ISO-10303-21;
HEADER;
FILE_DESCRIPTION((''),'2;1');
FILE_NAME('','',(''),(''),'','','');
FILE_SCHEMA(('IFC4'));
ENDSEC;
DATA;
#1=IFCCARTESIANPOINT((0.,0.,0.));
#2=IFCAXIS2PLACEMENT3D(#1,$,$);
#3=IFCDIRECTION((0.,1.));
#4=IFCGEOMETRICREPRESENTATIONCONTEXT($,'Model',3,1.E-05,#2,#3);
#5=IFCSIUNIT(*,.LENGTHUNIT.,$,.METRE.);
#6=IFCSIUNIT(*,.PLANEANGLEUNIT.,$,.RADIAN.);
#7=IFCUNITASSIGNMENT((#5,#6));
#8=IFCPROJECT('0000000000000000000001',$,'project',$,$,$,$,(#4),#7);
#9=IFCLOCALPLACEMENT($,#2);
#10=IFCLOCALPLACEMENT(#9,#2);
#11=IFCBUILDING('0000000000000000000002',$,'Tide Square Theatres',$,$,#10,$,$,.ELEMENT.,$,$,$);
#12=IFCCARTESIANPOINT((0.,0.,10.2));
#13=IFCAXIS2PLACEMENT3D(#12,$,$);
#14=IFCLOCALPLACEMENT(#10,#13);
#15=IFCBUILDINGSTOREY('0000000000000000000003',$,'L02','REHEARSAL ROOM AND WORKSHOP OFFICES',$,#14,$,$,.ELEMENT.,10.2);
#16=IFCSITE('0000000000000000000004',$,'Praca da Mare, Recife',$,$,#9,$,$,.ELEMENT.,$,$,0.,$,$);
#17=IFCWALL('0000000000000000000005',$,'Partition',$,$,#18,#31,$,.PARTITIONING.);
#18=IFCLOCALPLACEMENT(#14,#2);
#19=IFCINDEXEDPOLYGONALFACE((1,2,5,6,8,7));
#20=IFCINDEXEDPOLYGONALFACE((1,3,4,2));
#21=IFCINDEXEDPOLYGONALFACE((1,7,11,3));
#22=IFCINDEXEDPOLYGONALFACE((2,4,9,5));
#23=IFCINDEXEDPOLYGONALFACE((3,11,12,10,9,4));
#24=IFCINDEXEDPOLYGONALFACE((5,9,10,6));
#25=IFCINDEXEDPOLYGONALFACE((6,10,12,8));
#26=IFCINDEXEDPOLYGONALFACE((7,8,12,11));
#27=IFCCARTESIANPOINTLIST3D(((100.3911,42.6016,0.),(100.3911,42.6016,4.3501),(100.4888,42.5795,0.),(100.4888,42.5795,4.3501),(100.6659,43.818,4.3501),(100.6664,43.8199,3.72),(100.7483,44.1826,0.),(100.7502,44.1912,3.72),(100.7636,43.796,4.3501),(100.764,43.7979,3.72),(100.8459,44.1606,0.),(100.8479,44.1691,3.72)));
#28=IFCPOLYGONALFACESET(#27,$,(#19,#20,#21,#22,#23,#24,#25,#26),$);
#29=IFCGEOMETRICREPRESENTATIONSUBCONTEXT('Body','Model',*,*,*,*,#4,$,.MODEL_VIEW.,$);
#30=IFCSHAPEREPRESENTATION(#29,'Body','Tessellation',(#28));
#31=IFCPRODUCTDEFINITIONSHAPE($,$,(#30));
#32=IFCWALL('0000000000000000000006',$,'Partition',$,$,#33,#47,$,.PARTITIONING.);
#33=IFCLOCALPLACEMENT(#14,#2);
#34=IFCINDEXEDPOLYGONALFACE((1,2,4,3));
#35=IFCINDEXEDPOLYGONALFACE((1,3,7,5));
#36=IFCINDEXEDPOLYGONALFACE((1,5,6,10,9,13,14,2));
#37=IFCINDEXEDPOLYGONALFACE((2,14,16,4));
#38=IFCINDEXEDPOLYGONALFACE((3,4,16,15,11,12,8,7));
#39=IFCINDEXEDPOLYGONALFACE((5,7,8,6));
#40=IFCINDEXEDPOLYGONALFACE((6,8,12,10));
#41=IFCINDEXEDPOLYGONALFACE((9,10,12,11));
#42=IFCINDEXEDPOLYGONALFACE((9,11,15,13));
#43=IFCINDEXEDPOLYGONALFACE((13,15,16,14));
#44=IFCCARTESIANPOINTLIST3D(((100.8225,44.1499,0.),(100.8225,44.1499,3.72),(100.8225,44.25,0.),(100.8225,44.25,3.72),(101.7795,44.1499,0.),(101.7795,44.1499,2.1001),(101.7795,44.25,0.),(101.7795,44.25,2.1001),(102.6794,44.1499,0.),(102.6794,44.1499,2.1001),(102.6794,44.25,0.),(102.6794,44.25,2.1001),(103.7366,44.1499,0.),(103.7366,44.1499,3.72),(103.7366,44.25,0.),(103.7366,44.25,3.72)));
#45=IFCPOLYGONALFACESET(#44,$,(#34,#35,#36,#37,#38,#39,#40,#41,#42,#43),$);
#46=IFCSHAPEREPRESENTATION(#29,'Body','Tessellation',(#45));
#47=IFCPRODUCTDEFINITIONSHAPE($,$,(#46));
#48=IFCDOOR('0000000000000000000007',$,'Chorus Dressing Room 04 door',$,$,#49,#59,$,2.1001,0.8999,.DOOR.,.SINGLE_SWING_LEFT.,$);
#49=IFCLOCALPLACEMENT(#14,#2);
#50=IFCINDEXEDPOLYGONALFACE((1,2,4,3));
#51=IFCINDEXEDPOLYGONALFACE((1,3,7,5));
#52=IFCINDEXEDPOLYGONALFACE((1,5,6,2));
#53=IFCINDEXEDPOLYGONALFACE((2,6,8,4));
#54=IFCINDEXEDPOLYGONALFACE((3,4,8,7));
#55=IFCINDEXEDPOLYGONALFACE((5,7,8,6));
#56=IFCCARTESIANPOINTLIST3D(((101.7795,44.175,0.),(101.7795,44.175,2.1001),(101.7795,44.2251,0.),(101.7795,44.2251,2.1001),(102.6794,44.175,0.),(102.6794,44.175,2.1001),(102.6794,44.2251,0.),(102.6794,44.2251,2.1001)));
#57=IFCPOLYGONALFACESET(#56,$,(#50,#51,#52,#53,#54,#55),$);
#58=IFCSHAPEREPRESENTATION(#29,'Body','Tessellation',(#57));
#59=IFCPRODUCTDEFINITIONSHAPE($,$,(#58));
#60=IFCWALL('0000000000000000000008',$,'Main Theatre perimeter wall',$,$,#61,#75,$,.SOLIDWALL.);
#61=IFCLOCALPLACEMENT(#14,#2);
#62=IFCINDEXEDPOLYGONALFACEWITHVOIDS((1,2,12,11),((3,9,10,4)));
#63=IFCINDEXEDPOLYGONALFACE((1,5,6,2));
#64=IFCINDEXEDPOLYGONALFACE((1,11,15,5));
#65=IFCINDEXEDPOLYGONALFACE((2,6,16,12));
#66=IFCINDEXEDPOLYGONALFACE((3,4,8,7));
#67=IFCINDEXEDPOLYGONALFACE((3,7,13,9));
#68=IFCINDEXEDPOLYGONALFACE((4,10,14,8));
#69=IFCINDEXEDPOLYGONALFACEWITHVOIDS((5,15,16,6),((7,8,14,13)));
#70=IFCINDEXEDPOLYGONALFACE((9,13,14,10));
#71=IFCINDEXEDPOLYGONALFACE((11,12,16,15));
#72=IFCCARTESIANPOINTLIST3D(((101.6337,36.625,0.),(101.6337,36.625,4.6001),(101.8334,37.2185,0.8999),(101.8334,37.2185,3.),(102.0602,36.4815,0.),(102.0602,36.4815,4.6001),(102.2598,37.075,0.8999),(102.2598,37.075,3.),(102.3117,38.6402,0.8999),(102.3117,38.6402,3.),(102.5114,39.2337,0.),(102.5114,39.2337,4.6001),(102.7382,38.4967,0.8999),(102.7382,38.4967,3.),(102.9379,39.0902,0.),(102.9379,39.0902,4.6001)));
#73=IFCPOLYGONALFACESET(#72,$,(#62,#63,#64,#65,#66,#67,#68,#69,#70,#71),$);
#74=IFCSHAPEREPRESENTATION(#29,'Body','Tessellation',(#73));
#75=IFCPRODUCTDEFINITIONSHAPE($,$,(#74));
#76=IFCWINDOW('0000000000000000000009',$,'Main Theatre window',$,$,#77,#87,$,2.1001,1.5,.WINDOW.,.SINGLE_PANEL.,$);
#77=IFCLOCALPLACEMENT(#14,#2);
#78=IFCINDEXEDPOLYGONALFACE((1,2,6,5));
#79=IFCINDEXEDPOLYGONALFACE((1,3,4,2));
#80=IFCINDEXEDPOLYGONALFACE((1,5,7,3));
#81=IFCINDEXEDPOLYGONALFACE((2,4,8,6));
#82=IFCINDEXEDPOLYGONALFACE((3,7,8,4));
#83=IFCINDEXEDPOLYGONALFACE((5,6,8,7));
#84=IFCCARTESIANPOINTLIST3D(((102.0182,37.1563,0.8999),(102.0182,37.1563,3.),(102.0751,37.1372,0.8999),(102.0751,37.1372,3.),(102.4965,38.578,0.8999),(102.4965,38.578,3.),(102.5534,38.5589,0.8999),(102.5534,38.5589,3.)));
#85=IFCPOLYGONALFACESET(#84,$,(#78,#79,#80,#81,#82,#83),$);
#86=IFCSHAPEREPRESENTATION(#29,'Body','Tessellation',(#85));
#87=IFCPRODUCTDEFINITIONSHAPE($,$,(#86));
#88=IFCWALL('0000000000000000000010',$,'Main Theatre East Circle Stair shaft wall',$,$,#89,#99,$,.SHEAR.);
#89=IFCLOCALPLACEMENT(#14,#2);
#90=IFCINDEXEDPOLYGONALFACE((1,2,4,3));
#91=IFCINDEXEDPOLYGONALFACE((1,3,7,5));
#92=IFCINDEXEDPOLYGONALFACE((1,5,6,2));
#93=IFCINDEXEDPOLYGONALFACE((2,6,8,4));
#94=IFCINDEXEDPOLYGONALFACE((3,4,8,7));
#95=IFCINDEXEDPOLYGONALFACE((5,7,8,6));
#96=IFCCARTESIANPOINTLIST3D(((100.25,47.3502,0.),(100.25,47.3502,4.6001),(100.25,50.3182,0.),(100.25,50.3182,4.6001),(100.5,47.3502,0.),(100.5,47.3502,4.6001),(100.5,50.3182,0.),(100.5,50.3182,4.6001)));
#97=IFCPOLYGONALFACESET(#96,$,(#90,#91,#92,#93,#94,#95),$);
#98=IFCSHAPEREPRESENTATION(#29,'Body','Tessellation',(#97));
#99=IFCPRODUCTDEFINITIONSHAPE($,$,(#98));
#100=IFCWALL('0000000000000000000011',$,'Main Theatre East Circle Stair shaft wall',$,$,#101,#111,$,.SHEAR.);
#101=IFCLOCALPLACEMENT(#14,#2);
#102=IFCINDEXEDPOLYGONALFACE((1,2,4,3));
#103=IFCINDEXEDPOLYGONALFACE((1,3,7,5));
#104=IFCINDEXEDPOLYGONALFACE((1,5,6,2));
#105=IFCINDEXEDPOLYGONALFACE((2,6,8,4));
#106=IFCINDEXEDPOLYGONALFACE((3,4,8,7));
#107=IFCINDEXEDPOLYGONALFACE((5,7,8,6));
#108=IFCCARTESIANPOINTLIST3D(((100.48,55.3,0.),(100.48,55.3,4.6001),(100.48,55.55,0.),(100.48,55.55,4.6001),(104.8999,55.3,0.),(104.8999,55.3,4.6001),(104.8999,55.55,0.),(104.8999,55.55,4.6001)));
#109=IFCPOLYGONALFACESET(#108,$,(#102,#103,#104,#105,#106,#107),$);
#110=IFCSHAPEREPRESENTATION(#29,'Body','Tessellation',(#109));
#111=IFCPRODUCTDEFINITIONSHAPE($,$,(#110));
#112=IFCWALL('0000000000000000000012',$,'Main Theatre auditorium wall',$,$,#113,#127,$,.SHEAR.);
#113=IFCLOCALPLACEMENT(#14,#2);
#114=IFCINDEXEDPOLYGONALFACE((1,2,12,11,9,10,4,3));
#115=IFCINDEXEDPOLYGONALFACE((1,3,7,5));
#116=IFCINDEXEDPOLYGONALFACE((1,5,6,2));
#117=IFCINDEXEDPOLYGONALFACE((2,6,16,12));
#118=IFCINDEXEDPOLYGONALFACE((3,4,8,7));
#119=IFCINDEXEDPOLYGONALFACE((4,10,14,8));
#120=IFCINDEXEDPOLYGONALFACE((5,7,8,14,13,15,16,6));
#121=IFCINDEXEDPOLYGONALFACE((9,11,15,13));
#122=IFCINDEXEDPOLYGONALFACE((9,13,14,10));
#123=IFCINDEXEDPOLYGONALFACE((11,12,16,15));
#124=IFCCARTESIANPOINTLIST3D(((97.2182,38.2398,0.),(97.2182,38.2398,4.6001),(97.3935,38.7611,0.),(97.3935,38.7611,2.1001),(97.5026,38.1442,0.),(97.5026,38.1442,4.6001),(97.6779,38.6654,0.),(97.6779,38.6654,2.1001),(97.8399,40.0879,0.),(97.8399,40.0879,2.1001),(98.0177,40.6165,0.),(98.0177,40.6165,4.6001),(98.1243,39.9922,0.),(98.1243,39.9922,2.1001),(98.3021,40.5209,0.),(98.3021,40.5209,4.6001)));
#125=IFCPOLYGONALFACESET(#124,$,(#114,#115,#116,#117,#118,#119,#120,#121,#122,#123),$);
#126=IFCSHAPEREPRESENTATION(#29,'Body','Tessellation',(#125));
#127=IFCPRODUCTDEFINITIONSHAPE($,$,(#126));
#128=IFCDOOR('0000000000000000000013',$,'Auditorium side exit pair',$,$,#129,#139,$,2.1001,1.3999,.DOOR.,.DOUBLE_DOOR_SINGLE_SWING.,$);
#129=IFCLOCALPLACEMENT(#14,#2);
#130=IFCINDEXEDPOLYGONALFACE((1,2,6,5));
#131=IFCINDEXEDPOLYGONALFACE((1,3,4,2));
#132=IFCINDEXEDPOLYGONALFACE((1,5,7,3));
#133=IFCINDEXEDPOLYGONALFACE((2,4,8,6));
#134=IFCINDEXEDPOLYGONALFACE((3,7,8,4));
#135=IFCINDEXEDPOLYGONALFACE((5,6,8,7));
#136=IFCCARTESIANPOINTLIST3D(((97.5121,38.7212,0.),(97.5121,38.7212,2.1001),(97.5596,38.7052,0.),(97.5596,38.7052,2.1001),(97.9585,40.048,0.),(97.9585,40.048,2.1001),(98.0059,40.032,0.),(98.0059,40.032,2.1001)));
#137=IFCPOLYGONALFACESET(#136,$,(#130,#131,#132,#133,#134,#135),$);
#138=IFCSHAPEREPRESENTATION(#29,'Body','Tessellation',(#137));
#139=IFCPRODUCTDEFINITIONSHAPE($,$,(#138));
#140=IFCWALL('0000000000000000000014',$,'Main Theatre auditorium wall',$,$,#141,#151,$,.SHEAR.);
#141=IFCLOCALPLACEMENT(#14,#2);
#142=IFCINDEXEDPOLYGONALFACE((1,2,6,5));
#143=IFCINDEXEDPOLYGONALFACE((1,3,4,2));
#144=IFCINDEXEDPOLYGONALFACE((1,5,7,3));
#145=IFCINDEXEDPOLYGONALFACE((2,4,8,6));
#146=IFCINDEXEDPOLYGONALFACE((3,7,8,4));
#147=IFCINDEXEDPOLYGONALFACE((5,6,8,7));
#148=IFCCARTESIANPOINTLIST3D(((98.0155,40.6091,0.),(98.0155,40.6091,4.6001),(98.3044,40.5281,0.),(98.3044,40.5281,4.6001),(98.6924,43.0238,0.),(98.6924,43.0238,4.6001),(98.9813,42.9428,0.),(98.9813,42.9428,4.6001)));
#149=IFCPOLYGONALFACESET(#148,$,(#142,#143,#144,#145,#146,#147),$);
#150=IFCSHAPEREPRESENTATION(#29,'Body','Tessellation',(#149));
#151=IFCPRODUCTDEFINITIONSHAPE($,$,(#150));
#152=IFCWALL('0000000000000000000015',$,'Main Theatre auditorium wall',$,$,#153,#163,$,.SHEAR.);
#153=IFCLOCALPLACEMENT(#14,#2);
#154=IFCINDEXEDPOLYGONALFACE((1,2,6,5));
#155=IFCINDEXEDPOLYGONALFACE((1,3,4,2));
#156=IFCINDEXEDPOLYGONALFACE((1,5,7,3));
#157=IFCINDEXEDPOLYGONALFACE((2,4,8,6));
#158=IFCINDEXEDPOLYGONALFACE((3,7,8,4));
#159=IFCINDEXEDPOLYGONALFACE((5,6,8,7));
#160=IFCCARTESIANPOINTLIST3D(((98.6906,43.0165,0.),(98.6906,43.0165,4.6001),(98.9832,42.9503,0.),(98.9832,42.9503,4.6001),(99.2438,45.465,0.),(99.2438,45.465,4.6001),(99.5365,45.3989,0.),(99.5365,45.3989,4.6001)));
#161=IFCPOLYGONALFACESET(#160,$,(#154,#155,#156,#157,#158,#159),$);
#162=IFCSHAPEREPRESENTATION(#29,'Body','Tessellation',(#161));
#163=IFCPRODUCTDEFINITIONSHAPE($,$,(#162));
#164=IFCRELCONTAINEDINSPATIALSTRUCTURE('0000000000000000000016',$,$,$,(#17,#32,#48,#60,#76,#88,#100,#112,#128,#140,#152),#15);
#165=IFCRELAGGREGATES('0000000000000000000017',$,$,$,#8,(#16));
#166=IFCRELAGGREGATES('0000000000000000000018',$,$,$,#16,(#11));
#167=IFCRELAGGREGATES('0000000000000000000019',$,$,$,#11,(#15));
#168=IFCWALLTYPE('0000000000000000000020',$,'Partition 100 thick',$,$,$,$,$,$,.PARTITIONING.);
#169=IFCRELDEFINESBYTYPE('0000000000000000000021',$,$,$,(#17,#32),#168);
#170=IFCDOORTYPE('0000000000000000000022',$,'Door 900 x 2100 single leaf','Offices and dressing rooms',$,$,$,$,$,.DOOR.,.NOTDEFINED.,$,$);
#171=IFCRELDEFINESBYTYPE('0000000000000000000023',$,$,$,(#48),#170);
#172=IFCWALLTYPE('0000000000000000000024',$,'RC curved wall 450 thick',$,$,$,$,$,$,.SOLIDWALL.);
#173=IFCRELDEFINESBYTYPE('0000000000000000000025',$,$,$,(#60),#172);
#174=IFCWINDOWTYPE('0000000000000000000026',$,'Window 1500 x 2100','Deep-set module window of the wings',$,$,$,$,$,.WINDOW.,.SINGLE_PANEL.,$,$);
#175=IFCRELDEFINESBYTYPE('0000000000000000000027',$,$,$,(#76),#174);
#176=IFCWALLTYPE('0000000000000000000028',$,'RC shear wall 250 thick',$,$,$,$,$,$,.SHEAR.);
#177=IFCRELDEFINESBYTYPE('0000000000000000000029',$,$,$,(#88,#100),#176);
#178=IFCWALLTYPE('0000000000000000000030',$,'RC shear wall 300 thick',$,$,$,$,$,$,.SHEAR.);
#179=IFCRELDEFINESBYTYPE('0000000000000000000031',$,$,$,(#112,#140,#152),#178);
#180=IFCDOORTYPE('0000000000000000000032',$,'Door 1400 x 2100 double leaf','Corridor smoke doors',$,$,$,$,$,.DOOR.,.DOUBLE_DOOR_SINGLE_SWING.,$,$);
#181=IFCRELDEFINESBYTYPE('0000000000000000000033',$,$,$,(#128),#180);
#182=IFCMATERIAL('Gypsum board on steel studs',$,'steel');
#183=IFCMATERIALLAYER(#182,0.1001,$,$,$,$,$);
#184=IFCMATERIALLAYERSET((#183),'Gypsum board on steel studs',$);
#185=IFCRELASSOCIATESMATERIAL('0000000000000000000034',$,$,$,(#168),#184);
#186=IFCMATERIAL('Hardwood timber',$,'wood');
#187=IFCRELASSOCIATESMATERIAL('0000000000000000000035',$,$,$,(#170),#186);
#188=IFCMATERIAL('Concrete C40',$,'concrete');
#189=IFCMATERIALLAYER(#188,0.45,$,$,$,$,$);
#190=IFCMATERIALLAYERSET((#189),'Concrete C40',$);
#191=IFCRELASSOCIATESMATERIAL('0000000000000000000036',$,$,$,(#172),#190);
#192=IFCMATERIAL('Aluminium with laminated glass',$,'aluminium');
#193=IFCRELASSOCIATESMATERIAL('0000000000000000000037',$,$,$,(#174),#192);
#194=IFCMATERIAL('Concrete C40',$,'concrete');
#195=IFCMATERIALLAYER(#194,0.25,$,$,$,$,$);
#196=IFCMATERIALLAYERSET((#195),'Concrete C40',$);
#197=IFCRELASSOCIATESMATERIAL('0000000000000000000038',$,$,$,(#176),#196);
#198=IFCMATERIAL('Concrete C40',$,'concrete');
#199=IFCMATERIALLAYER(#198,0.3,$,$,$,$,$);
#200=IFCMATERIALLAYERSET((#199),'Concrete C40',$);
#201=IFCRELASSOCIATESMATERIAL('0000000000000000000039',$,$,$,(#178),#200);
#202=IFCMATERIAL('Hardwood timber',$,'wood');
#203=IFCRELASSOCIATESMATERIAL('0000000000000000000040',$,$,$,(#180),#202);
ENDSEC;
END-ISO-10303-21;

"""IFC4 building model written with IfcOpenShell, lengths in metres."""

from ifc_helpers import new_model, si_unit, direction, frame, frame_2d, origin, place, context, subcontext, project, spatial, polyline, rectangle, outline, extrude, material, layer, layer_set, type_object, element, fill, save


model = new_model("IFC4")

# Units and contexts
model_context = context("Model", 3, precision=1e-05, world=origin(), true_north=direction((0.0, 1.0)))
body_context = subcontext(model_context, "Body", "Model", "MODEL_VIEW")
ifc_project = project(units=[si_unit("LENGTHUNIT", "METRE"), si_unit("PLANEANGLEUNIT", "RADIAN")], contexts=[model_context])

# Site, building, storey
site_placement = place(None, origin())
site = spatial("IfcSite", under=ifc_project, at=site_placement, Name="Praca da Mare, Recife", CompositionType="ELEMENT", RefElevation=0.0)
building_placement = place(site_placement, origin())
building = spatial("IfcBuilding", under=site, at=building_placement, Name="Tide Square Theatres", CompositionType="ELEMENT")
storey_placement = place(building_placement, frame((0.0, 0.0, 10.2)))
storey = spatial("IfcBuildingStorey", under=building, at=storey_placement, Name="L02", Description="REHEARSAL ROOM AND WORKSHOP OFFICES", CompositionType="ELEMENT", Elevation=10.2)

# Shared definitions
ifc_material_1 = material(Name="Gypsum board on steel studs", Category="steel")
ifc_layer_1 = layer(ifc_material_1, 0.1001)
ifc_layer_set_1 = layer_set([ifc_layer_1], Name="Gypsum board on steel studs")
wall_type_1 = type_object("IfcWallType", Name="Partition 100 thick", PredefinedType="PARTITIONING", material=ifc_layer_set_1)

# Shared definitions
ifc_material_2 = material(Name="Hardwood timber", Category="wood")
door_type_1 = type_object("IfcDoorType", Name="Door 900 x 2100 single leaf", Description="Offices and dressing rooms", OperationType="NOTDEFINED", PredefinedType="DOOR", material=ifc_material_2)

# Wall
wall_1_placement = place(storey_placement, frame((100.4399, 42.5906, 0.0), z_axis=(0.0, 0.0, 1.0), x_axis=(0.220358, 0.975419, 0.0)))
element("IfcWall", 1, at=wall_1_placement, inside=storey, type_object=wall_type_1, Name="Partition", PredefinedType="PARTITIONING", context=body_context, shape_type="SweptSolid", body=[
    extrude(outline(polyline([(0.0, 0.0), (1.6208, 0.0), (1.6311, 4.3501), (1.6311, 3.72), (1.249, 3.72), (1.2471, 4.3501), (0.0, 4.3501), (0.0, 0.0)])), frame((0.0, 0.05, 0.0), z_axis=(0.0, -1.0, 0.0), x_axis=(1.0, 0.0, 0.0)), (0.0, 0.0, 1.0), 0.1001),
])

# Wall, opening, door
wall_2_placement = place(storey_placement, frame((100.8225, 44.2, 0.0), z_axis=(0.0, 0.0, 1.0), x_axis=(1.0, 0.0, 0.0)))
wall_2 = element("IfcWall", 2, at=wall_2_placement, inside=storey, type_object=wall_type_1, Name="Partition", PredefinedType="PARTITIONING", context=body_context, shape_type="SweptSolid", body=[
    extrude(rectangle(XDim=2.9141, YDim=0.1001, at=frame_2d((1.457, 0.0))), origin(), (0.0, 0.0, 1.0), 3.72),
])
opening_1_placement = place(wall_2_placement, frame((0.957, 0.0, 0.0)))
opening_1 = element("IfcOpeningElement", 3, at=opening_1_placement, cuts=wall_2, PredefinedType="OPENING", context=body_context, shape_type="SweptSolid", body=[
    extrude(rectangle(XDim=0.8999, YDim=2.1001, at=frame_2d((0.45, 1.05))), frame((0.0, 0.0601, 0.0), z_axis=(0.0, -1.0, 0.0), x_axis=(1.0, 0.0, 0.0)), (0.0, 0.0, 1.0), 0.1201),
])
door_1_placement = place(opening_1_placement, frame((0.8999, 0.0, 0.0), z_axis=(0.0, 0.0, 1.0), x_axis=(-1.0, 0.0, 0.0)))
door_1 = element("IfcDoor", 4, at=door_1_placement, inside=storey, type_object=door_type_1, Name="Chorus Dressing Room 04 door", OperationType="SINGLE_SWING_LEFT", OverallHeight=2.1001, OverallWidth=0.8999, PredefinedType="DOOR", context=body_context, shape_type="SweptSolid", body=[
    extrude(rectangle(XDim=0.8999, YDim=2.1001, at=frame_2d((0.45, 1.05))), frame((0.0, 0.0249, 0.0), z_axis=(0.0, -1.0, 0.0), x_axis=(1.0, 0.0, 0.0)), (0.0, 0.0, 1.0), 0.05),
])
fill(opening_1, door_1)

# Wall, opening, window
ifc_material_3 = material(Name="Concrete C40", Category="concrete")
ifc_layer_2 = layer(ifc_material_3, 0.45)
ifc_layer_set_2 = layer_set([ifc_layer_2], Name="Concrete C40")
wall_type_2 = type_object("IfcWallType", Name="RC curved wall 450 thick", PredefinedType="SOLIDWALL", material=ifc_layer_set_2)
wall_3_placement = place(storey_placement, frame((101.8469, 36.5532, 0.0), z_axis=(0.0, 0.0, 1.0), x_axis=(0.318888, 0.947793, 0.0)))
wall_3 = element("IfcWall", 5, at=wall_3_placement, inside=storey, type_object=wall_type_2, Name="Main Theatre perimeter wall", PredefinedType="SOLIDWALL", context=body_context, shape_type="SweptSolid", body=[
    extrude(rectangle(XDim=2.7524, YDim=0.45, at=frame_2d((1.3762, 0.0))), origin(), (0.0, 0.0, 1.0), 4.6001),
])
opening_2_placement = place(wall_3_placement, frame((0.6262, 0.0, 0.8999)))
opening_2 = element("IfcOpeningElement", 6, at=opening_2_placement, cuts=wall_3, PredefinedType="OPENING", context=body_context, shape_type="SweptSolid", body=[
    extrude(rectangle(XDim=1.5, YDim=2.1001, at=frame_2d((0.75, 1.05))), frame((0.0, 0.2349, 0.0), z_axis=(0.0, -1.0, 0.0), x_axis=(1.0, 0.0, 0.0)), (0.0, 0.0, 1.0), 0.47),
])
ifc_material_4 = material(Name="Aluminium with laminated glass", Category="aluminium")
window_type = type_object("IfcWindowType", Name="Window 1500 x 2100", Description="Deep-set module window of the wings", PartitioningType="SINGLE_PANEL", PredefinedType="WINDOW", material=ifc_material_4)
window_placement = place(opening_2_placement, origin())
window = element("IfcWindow", 7, at=window_placement, inside=storey, type_object=window_type, Name="Main Theatre window", OverallHeight=2.1001, OverallWidth=1.5, PartitioningType="SINGLE_PANEL", PredefinedType="WINDOW", context=body_context, shape_type="SweptSolid", body=[
    extrude(rectangle(XDim=1.5, YDim=2.1001, at=frame_2d((0.75, 1.05))), frame((0.0, 0.03, 0.0), z_axis=(0.0, -1.0, 0.0), x_axis=(1.0, 0.0, 0.0)), (0.0, 0.0, 1.0), 0.0601),
])
fill(opening_2, window)

# Walls
ifc_material_5 = material(Name="Concrete C40", Category="concrete")
ifc_layer_3 = layer(ifc_material_5, 0.25)
ifc_layer_set_3 = layer_set([ifc_layer_3], Name="Concrete C40")
wall_type_3 = type_object("IfcWallType", Name="RC shear wall 250 thick", PredefinedType="SHEAR", material=ifc_layer_set_3)
wall_4_placement = place(storey_placement, frame((100.375, 50.3181, 0.0), z_axis=(0.0, 0.0, 1.0), x_axis=(0.0, -1.0, 0.0)))
element("IfcWall", 8, at=wall_4_placement, inside=storey, type_object=wall_type_3, Name="Main Theatre East Circle Stair shaft wall", PredefinedType="SHEAR", context=body_context, shape_type="SweptSolid", body=[
    extrude(rectangle(XDim=2.968, YDim=0.25, at=frame_2d((1.4839, 0.0))), origin(), (0.0, 0.0, 1.0), 4.6001),
])
wall_5_placement = place(storey_placement, frame((100.48, 55.425, 0.0), z_axis=(0.0, 0.0, 1.0), x_axis=(1.0, 0.0, 0.0)))
element("IfcWall", 9, at=wall_5_placement, inside=storey, type_object=wall_type_3, Name="Main Theatre East Circle Stair shaft wall", PredefinedType="SHEAR", context=body_context, shape_type="SweptSolid", body=[
    extrude(rectangle(XDim=4.4199, YDim=0.25, at=frame_2d((2.21, 0.0))), origin(), (0.0, 0.0, 1.0), 4.6001),
])

# Wall, opening, door
ifc_material_6 = material(Name="Concrete C40", Category="concrete")
ifc_layer_4 = layer(ifc_material_6, 0.3)
ifc_layer_set_4 = layer_set([ifc_layer_4], Name="Concrete C40")
wall_type_4 = type_object("IfcWallType", Name="RC shear wall 300 thick", PredefinedType="SHEAR", material=ifc_layer_set_4)
wall_6_placement = place(storey_placement, frame((97.3604, 38.1919, 0.0), z_axis=(0.0, 0.0, 1.0), x_axis=(0.318855, 0.947803, 0.0)))
wall_6 = element("IfcWall", 10, at=wall_6_placement, inside=storey, type_object=wall_type_4, Name="Main Theatre auditorium wall", PredefinedType="SHEAR", context=body_context, shape_type="SweptSolid", body=[
    extrude(rectangle(XDim=2.5076, YDim=0.3, at=frame_2d((1.2539, 0.0))), origin(), (0.0, 0.0, 1.0), 4.6001),
])
opening_3_placement = place(wall_6_placement, frame((0.55, 0.0, 0.0)))
opening_3 = element("IfcOpeningElement", 11, at=opening_3_placement, cuts=wall_6, PredefinedType="OPENING", context=body_context, shape_type="SweptSolid", body=[
    extrude(rectangle(XDim=1.3999, YDim=2.1001, at=frame_2d((0.7, 1.05))), frame((0.0, 0.1599, 0.0), z_axis=(0.0, -1.0, 0.0), x_axis=(1.0, 0.0, 0.0)), (0.0, 0.0, 1.0), 0.3201),
])
ifc_material_7 = material(Name="Hardwood timber", Category="wood")
door_type_2 = type_object("IfcDoorType", Name="Door 1400 x 2100 double leaf", Description="Corridor smoke doors", OperationType="DOUBLE_DOOR_SINGLE_SWING", PredefinedType="DOOR", material=ifc_material_7)
door_2_placement = place(opening_3_placement, origin())
door_2 = element("IfcDoor", 12, at=door_2_placement, inside=storey, type_object=door_type_2, Name="Auditorium side exit pair", OperationType="DOUBLE_DOOR_SINGLE_SWING", OverallHeight=2.1001, OverallWidth=1.3999, PredefinedType="DOOR", context=body_context, shape_type="SweptSolid", body=[
    extrude(rectangle(XDim=1.3999, YDim=2.1001, at=frame_2d((0.7, 1.05))), frame((0.0, 0.0249, 0.0), z_axis=(0.0, -1.0, 0.0), x_axis=(1.0, 0.0, 0.0)), (0.0, 0.0, 1.0), 0.05),
])
fill(opening_3, door_2)

# Walls
wall_7_placement = place(storey_placement, frame((98.1599, 40.5686, 0.0), z_axis=(0.0, 0.0, 1.0), x_axis=(0.269948, 0.962875, 0.0)))
element("IfcWall", 13, at=wall_7_placement, inside=storey, type_object=wall_type_4, Name="Main Theatre auditorium wall", PredefinedType="SHEAR", context=body_context, shape_type="SweptSolid", body=[
    extrude(rectangle(XDim=2.5078, YDim=0.3, at=frame_2d((1.2539, 0.0))), origin(), (0.0, 0.0, 1.0), 4.6001),
])
wall_8_placement = place(storey_placement, frame((98.8369, 42.9834, 0.0), z_axis=(0.0, 0.0, 1.0), x_axis=(0.220389, 0.975412, 0.0)))
element("IfcWall", 14, at=wall_8_placement, inside=storey, type_object=wall_type_4, Name="Main Theatre auditorium wall", PredefinedType="SHEAR", context=body_context, shape_type="SweptSolid", body=[
    extrude(rectangle(XDim=2.5103, YDim=0.3, at=frame_2d((1.2551, 0.0))), origin(), (0.0, 0.0, 1.0), 4.6001),
])

save(model, "model.ifc")
